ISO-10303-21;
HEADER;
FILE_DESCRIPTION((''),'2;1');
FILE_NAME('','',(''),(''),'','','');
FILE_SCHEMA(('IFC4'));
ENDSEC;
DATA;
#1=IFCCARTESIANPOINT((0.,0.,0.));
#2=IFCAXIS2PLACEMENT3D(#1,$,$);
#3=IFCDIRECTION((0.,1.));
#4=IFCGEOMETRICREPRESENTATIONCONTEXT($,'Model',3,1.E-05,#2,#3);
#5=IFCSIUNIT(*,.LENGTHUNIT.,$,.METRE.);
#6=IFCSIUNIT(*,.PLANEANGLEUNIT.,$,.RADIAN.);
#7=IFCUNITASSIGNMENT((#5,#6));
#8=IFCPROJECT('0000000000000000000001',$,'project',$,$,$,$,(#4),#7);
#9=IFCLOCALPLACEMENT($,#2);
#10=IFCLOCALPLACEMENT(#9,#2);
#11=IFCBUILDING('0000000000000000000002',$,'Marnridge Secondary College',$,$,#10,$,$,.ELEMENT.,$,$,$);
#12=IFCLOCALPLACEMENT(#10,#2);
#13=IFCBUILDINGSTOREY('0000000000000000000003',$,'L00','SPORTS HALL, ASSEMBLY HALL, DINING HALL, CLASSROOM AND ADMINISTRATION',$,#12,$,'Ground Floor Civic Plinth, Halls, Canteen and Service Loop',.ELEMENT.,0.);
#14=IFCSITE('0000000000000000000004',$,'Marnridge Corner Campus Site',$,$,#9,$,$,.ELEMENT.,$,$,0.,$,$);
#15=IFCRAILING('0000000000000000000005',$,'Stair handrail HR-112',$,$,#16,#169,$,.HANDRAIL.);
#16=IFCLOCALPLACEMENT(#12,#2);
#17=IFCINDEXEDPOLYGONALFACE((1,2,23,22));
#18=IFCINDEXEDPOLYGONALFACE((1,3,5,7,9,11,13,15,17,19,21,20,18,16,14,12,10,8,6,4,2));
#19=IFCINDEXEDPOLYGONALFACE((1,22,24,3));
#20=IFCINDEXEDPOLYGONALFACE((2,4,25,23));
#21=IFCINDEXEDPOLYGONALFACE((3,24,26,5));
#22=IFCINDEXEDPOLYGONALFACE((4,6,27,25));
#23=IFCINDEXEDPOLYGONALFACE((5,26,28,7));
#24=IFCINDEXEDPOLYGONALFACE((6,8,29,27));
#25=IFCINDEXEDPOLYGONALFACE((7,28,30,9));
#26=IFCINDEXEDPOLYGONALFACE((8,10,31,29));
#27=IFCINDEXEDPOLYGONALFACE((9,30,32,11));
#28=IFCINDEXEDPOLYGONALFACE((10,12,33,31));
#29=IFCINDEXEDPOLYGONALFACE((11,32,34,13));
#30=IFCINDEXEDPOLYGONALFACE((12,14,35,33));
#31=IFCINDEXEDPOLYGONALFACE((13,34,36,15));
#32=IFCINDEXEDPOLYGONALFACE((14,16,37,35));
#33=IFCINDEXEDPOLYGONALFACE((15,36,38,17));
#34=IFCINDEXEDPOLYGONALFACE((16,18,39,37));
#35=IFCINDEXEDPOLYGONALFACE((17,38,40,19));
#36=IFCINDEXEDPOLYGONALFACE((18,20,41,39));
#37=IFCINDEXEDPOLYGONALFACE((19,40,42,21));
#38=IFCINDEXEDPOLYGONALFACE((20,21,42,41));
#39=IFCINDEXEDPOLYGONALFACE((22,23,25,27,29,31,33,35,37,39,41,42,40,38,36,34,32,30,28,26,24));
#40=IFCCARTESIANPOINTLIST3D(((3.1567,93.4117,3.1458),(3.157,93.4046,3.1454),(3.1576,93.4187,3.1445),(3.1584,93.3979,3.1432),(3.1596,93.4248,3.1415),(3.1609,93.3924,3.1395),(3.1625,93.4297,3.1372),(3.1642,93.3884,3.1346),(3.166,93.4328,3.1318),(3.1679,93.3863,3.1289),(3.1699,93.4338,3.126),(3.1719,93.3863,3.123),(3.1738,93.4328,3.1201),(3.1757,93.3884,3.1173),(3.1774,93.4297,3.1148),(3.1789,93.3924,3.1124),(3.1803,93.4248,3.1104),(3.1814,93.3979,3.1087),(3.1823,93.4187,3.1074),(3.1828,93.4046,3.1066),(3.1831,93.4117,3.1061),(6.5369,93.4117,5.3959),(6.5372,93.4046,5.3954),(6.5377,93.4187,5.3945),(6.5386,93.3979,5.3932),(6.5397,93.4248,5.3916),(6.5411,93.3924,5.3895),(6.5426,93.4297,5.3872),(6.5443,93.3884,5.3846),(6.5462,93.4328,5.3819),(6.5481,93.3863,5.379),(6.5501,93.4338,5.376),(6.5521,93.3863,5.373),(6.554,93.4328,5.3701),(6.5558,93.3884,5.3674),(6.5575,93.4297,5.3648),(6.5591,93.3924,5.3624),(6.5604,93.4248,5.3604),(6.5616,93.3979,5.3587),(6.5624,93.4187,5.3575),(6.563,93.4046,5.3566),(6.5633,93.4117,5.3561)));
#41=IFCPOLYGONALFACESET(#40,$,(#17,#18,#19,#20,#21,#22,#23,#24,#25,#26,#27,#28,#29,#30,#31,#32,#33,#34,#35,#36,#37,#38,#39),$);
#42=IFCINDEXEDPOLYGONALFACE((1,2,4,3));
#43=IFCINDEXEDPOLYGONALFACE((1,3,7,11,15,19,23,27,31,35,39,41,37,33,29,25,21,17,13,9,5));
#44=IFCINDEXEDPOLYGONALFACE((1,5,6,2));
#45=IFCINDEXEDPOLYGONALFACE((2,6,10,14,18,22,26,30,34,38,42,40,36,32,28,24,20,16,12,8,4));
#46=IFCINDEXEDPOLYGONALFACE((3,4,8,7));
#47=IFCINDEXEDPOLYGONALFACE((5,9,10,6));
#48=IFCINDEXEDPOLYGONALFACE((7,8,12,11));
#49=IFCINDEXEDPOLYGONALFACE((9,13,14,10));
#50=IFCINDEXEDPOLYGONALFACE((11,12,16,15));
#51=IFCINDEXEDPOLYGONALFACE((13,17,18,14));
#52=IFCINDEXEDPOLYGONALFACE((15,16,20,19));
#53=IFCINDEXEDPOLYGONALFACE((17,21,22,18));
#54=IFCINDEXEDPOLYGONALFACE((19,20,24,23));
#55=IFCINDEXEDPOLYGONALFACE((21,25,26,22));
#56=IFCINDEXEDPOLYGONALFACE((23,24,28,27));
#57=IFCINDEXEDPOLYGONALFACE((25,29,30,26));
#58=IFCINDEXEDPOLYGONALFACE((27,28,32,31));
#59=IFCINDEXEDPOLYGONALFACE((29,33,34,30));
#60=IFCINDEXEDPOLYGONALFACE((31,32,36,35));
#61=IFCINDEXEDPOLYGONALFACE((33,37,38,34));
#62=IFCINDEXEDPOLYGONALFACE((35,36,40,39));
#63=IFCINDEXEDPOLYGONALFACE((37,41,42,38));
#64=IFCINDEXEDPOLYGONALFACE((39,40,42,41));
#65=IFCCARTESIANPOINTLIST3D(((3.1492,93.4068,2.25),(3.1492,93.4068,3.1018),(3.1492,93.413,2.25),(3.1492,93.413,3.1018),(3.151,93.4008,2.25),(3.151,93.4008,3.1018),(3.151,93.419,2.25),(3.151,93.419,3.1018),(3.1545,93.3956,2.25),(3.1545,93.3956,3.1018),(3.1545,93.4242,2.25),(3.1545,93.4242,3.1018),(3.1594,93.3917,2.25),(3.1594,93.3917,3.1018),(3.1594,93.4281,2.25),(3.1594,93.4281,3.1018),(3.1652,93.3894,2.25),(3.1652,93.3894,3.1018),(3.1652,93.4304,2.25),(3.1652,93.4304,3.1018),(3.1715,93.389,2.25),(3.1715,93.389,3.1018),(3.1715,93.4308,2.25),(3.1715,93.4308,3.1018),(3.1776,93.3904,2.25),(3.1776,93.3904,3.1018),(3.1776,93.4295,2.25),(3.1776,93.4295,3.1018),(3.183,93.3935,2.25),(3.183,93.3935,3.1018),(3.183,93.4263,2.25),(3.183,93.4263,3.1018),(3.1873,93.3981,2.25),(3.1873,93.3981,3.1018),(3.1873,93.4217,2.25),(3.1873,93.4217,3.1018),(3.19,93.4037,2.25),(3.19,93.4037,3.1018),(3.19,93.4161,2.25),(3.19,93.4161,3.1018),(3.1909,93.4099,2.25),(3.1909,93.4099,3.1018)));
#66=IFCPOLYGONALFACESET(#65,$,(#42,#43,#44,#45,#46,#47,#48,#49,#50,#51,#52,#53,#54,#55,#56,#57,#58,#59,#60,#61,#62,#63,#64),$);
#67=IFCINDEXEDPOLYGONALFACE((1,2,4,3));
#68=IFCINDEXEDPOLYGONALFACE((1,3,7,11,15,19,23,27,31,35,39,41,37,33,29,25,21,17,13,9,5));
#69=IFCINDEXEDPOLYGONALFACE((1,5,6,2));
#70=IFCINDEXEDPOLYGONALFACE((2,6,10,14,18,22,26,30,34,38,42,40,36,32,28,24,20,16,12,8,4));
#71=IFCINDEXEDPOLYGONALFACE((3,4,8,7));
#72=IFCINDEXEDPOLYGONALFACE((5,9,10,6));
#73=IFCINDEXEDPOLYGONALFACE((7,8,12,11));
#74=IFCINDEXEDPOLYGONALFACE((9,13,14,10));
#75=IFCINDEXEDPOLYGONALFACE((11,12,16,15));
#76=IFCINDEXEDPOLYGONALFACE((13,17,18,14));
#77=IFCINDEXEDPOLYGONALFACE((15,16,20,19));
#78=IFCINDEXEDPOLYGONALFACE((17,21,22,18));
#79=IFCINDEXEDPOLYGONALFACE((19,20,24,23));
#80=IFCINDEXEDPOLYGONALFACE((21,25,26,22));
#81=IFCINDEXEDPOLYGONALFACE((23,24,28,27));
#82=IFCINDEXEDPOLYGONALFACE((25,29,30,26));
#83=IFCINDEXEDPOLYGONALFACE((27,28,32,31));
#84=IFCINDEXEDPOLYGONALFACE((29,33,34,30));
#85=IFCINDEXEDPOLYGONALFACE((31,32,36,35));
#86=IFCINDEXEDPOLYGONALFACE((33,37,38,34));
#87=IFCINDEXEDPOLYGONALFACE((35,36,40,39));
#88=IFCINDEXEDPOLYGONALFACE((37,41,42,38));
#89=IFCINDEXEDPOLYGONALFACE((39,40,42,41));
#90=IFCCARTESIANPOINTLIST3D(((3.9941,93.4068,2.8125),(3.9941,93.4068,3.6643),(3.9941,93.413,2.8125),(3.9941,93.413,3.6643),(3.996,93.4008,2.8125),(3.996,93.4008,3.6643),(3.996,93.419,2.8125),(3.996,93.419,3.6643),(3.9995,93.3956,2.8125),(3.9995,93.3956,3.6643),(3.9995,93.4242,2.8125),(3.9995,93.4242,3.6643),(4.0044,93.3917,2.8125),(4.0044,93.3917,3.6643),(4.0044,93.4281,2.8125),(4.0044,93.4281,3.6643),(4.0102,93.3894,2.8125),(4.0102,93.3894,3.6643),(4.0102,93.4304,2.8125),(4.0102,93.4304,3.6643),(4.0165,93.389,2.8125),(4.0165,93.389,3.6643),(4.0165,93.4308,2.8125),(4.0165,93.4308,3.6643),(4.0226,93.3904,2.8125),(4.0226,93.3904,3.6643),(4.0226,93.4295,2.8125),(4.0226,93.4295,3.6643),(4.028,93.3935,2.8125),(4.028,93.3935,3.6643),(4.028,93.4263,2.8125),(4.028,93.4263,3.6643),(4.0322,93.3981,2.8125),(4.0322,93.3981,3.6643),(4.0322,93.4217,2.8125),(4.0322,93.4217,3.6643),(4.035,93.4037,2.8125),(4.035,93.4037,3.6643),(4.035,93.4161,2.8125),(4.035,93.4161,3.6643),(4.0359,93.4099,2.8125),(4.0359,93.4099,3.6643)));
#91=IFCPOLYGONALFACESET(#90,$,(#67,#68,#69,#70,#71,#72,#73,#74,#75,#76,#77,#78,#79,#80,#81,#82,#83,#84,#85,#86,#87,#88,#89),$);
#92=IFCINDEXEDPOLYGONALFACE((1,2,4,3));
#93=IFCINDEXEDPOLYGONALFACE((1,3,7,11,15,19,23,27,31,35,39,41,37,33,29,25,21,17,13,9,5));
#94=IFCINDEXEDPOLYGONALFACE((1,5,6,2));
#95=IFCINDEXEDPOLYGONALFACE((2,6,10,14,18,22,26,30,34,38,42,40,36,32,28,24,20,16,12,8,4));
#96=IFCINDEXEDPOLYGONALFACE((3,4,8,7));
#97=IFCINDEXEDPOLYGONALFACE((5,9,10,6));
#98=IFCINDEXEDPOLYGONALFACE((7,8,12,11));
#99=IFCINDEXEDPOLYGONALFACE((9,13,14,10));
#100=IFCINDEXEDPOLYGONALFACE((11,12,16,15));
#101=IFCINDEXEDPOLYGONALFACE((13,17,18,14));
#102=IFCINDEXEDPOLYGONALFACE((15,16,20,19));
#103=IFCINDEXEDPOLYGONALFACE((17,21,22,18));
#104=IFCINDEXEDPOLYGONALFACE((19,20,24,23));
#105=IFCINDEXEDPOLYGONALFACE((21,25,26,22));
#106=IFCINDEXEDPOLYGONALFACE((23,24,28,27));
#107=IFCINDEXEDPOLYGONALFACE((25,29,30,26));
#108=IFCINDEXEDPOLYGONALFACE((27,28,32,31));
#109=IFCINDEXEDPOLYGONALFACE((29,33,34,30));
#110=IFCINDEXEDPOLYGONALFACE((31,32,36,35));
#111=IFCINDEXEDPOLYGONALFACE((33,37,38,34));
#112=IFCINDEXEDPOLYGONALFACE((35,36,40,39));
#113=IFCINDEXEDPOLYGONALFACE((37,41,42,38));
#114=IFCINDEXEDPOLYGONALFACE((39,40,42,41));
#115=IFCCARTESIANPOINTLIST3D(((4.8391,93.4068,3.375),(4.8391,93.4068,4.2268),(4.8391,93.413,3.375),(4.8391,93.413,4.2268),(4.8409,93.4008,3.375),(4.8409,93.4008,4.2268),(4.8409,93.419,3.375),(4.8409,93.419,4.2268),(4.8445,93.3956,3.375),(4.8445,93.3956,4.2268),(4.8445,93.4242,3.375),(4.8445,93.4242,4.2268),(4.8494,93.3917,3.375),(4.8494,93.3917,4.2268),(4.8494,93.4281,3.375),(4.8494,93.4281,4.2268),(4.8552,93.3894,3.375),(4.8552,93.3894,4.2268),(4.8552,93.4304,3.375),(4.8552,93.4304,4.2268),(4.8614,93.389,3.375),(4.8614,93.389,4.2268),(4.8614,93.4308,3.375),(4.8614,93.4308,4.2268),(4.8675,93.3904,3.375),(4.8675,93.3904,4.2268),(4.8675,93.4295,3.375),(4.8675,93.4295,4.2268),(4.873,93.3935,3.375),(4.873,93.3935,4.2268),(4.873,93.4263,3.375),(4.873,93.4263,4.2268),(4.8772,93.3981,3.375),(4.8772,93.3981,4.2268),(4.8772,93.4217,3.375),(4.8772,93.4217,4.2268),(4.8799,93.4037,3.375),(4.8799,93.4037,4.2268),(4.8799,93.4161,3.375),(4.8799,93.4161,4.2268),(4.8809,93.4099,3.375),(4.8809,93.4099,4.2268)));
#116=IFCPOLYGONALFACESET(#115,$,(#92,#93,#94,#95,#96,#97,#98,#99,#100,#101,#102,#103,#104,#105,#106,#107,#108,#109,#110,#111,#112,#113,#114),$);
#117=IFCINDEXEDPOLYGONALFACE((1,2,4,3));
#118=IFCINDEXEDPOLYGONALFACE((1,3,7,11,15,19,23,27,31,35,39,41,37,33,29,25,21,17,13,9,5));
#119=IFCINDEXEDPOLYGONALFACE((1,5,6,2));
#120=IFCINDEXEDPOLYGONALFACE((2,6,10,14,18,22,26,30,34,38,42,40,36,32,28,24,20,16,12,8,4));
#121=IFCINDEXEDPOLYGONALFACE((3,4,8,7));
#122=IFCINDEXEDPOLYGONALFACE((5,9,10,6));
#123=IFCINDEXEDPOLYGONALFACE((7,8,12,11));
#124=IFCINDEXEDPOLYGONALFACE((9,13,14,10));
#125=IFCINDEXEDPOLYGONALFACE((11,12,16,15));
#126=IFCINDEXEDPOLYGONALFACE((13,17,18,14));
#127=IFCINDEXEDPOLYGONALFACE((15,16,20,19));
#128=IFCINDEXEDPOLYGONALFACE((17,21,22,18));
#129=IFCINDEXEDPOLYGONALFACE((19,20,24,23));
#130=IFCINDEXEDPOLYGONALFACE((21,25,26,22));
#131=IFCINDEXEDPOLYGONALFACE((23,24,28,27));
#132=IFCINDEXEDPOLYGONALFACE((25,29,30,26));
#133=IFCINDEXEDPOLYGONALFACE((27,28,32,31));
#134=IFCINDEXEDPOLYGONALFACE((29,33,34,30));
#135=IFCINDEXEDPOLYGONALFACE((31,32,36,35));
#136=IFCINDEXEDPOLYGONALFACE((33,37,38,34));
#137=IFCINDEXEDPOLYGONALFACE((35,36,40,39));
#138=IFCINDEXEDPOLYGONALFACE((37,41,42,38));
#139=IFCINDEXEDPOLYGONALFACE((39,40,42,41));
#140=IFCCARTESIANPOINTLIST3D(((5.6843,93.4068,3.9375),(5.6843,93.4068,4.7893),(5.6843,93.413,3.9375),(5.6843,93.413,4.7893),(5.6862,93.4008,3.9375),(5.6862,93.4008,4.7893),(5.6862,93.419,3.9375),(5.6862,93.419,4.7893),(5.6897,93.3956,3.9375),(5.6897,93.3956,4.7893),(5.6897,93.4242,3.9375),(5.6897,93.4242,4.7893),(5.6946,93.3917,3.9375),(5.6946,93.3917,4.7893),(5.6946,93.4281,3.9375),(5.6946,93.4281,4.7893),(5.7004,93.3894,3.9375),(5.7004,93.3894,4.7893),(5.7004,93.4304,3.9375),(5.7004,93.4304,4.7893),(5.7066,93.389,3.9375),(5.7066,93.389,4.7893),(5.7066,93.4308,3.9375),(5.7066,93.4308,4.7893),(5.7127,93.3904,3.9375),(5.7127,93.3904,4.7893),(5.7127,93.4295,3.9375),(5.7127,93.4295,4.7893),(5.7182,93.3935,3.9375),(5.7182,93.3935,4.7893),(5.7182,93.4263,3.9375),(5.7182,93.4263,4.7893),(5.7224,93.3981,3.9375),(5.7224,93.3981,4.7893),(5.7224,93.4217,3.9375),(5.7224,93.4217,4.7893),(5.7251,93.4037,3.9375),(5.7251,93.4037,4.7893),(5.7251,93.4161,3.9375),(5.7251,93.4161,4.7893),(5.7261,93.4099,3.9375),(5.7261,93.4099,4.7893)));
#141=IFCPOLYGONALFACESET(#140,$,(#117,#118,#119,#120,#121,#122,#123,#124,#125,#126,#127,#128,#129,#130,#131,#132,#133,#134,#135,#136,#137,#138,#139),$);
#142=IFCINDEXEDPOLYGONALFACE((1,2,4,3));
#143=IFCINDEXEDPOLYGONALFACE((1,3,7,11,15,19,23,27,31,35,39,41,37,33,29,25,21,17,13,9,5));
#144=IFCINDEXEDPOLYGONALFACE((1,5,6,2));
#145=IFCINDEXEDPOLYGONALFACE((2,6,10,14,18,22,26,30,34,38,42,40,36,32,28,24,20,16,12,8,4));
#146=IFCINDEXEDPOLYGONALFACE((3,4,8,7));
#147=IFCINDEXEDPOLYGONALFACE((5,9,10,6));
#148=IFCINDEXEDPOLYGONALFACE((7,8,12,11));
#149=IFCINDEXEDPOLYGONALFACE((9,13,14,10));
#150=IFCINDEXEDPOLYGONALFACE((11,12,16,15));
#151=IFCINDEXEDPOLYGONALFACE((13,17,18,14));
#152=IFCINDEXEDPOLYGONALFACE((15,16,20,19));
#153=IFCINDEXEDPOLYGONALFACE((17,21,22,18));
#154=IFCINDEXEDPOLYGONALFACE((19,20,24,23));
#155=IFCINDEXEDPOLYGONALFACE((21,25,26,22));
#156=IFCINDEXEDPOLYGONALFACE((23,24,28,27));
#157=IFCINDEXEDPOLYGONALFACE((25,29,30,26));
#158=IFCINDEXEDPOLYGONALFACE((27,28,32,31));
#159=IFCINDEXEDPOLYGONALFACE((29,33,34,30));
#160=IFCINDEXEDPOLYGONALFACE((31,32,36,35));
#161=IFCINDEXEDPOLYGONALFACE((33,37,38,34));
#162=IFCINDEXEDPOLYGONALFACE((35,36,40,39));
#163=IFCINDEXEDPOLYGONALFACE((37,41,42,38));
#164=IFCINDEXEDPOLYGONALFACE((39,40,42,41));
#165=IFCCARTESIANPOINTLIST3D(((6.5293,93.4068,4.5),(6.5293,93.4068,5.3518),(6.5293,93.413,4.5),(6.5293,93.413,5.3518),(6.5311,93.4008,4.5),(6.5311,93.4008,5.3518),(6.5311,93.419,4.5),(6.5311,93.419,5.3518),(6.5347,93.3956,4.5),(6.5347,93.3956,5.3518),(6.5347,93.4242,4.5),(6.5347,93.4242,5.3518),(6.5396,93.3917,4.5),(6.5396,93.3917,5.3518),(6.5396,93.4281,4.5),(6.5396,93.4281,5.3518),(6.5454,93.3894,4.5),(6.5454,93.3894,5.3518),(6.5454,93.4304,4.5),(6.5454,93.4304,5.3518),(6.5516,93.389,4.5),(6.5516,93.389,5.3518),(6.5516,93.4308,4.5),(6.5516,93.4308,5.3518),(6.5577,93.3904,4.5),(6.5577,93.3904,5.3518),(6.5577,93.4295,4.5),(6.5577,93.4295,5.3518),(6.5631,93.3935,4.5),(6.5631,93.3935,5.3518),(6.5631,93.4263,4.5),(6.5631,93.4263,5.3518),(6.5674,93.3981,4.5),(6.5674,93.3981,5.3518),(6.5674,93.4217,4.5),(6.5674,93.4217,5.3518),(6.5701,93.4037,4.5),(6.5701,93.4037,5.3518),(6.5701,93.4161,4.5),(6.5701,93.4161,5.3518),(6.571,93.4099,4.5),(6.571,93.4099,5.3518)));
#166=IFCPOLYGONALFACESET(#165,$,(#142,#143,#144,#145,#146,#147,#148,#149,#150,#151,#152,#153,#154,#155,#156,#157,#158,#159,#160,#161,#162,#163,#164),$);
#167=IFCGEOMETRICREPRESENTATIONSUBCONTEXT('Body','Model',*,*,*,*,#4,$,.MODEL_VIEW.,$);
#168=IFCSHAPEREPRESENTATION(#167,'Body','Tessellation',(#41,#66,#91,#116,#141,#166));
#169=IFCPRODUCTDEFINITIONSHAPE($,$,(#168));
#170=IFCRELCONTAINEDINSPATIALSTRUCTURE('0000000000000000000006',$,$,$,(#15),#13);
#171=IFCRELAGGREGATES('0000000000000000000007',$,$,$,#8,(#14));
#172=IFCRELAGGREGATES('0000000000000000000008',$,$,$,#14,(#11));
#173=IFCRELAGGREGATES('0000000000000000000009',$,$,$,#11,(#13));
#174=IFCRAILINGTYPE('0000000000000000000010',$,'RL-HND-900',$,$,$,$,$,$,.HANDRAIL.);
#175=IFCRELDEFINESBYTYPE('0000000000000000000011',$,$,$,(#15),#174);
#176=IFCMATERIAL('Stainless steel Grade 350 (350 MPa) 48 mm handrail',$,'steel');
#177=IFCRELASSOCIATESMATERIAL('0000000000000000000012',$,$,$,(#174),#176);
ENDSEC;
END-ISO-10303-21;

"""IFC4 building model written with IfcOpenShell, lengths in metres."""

from ifc_helpers import new_model, si_unit, direction, frame, origin, origin_2d, place, context, subcontext, project, spatial, circle, extrude, material, type_object, element, save


model = new_model("IFC4")

# Units and contexts
model_context = context("Model", 3, precision=1e-05, world=origin(), true_north=direction((0.0, 1.0)))
body_context = subcontext(model_context, "Body", "Model", "MODEL_VIEW")
ifc_project = project(units=[si_unit("LENGTHUNIT", "METRE"), si_unit("PLANEANGLEUNIT", "RADIAN")], contexts=[model_context])

# Site, building, storey
site_placement = place(None, origin())
site = spatial("IfcSite", under=ifc_project, at=site_placement, Name="Marnridge Corner Campus Site", CompositionType="ELEMENT", RefElevation=0.0)
building_placement = place(site_placement, origin())
building = spatial("IfcBuilding", under=site, at=building_placement, Name="Marnridge Secondary College", CompositionType="ELEMENT")
storey_placement = place(building_placement, origin())
storey = spatial("IfcBuildingStorey", under=building, at=storey_placement, Name="L00", Description="SPORTS HALL, ASSEMBLY HALL, DINING HALL, CLASSROOM AND ADMINISTRATION", LongName="Ground Floor Civic Plinth, Halls, Canteen and Service Loop", CompositionType="ELEMENT", Elevation=0.0)

# Railing
ifc_material_1 = material(Name="Stainless steel Grade 350 (350 MPa) 48 mm handrail", Category="steel")
railing_type_1 = type_object("IfcRailingType", Name="RL-HND-900", PredefinedType="HANDRAIL", material=ifc_material_1)
for number, where, name in (
    (1, (3.1699, 93.4099, 2.25), "Stair handrail HR-112"),
):
    element("IfcRailing", number, at=place(storey_placement, frame(where)), inside=storey, type_object=railing_type_1, Name=name, PredefinedType="HANDRAIL", context=body_context, shape_type="SweptSolid", body=[
        extrude(circle(Radius=0.0239, at=origin_2d()), frame((0.0, 0.0, 0.876), z_axis=(0.832439, 0.0, 0.554117), x_axis=(0.0, 1.0, 0.0)), (0.0, 0.0, 1.0), 4.0605),
        extrude(circle(Radius=0.021, at=origin_2d()), origin(), (0.0, 0.0, 1.0), 0.8518),
        extrude(circle(Radius=0.021, at=origin_2d()), frame((0.845, 0.0, 0.5625)), (0.0, 0.0, 1.0), 0.8518),
        extrude(circle(Radius=0.021, at=origin_2d()), frame((1.6899, 0.0, 1.125)), (0.0, 0.0, 1.0), 0.8518),
        extrude(circle(Radius=0.021, at=origin_2d()), frame((2.5352, 0.0, 1.6875)), (0.0, 0.0, 1.0), 0.8518),
        extrude(circle(Radius=0.021, at=origin_2d()), frame((3.3801, 0.0, 2.25)), (0.0, 0.0, 1.0), 0.8518),
    ])

save(model, "model.ifc")
